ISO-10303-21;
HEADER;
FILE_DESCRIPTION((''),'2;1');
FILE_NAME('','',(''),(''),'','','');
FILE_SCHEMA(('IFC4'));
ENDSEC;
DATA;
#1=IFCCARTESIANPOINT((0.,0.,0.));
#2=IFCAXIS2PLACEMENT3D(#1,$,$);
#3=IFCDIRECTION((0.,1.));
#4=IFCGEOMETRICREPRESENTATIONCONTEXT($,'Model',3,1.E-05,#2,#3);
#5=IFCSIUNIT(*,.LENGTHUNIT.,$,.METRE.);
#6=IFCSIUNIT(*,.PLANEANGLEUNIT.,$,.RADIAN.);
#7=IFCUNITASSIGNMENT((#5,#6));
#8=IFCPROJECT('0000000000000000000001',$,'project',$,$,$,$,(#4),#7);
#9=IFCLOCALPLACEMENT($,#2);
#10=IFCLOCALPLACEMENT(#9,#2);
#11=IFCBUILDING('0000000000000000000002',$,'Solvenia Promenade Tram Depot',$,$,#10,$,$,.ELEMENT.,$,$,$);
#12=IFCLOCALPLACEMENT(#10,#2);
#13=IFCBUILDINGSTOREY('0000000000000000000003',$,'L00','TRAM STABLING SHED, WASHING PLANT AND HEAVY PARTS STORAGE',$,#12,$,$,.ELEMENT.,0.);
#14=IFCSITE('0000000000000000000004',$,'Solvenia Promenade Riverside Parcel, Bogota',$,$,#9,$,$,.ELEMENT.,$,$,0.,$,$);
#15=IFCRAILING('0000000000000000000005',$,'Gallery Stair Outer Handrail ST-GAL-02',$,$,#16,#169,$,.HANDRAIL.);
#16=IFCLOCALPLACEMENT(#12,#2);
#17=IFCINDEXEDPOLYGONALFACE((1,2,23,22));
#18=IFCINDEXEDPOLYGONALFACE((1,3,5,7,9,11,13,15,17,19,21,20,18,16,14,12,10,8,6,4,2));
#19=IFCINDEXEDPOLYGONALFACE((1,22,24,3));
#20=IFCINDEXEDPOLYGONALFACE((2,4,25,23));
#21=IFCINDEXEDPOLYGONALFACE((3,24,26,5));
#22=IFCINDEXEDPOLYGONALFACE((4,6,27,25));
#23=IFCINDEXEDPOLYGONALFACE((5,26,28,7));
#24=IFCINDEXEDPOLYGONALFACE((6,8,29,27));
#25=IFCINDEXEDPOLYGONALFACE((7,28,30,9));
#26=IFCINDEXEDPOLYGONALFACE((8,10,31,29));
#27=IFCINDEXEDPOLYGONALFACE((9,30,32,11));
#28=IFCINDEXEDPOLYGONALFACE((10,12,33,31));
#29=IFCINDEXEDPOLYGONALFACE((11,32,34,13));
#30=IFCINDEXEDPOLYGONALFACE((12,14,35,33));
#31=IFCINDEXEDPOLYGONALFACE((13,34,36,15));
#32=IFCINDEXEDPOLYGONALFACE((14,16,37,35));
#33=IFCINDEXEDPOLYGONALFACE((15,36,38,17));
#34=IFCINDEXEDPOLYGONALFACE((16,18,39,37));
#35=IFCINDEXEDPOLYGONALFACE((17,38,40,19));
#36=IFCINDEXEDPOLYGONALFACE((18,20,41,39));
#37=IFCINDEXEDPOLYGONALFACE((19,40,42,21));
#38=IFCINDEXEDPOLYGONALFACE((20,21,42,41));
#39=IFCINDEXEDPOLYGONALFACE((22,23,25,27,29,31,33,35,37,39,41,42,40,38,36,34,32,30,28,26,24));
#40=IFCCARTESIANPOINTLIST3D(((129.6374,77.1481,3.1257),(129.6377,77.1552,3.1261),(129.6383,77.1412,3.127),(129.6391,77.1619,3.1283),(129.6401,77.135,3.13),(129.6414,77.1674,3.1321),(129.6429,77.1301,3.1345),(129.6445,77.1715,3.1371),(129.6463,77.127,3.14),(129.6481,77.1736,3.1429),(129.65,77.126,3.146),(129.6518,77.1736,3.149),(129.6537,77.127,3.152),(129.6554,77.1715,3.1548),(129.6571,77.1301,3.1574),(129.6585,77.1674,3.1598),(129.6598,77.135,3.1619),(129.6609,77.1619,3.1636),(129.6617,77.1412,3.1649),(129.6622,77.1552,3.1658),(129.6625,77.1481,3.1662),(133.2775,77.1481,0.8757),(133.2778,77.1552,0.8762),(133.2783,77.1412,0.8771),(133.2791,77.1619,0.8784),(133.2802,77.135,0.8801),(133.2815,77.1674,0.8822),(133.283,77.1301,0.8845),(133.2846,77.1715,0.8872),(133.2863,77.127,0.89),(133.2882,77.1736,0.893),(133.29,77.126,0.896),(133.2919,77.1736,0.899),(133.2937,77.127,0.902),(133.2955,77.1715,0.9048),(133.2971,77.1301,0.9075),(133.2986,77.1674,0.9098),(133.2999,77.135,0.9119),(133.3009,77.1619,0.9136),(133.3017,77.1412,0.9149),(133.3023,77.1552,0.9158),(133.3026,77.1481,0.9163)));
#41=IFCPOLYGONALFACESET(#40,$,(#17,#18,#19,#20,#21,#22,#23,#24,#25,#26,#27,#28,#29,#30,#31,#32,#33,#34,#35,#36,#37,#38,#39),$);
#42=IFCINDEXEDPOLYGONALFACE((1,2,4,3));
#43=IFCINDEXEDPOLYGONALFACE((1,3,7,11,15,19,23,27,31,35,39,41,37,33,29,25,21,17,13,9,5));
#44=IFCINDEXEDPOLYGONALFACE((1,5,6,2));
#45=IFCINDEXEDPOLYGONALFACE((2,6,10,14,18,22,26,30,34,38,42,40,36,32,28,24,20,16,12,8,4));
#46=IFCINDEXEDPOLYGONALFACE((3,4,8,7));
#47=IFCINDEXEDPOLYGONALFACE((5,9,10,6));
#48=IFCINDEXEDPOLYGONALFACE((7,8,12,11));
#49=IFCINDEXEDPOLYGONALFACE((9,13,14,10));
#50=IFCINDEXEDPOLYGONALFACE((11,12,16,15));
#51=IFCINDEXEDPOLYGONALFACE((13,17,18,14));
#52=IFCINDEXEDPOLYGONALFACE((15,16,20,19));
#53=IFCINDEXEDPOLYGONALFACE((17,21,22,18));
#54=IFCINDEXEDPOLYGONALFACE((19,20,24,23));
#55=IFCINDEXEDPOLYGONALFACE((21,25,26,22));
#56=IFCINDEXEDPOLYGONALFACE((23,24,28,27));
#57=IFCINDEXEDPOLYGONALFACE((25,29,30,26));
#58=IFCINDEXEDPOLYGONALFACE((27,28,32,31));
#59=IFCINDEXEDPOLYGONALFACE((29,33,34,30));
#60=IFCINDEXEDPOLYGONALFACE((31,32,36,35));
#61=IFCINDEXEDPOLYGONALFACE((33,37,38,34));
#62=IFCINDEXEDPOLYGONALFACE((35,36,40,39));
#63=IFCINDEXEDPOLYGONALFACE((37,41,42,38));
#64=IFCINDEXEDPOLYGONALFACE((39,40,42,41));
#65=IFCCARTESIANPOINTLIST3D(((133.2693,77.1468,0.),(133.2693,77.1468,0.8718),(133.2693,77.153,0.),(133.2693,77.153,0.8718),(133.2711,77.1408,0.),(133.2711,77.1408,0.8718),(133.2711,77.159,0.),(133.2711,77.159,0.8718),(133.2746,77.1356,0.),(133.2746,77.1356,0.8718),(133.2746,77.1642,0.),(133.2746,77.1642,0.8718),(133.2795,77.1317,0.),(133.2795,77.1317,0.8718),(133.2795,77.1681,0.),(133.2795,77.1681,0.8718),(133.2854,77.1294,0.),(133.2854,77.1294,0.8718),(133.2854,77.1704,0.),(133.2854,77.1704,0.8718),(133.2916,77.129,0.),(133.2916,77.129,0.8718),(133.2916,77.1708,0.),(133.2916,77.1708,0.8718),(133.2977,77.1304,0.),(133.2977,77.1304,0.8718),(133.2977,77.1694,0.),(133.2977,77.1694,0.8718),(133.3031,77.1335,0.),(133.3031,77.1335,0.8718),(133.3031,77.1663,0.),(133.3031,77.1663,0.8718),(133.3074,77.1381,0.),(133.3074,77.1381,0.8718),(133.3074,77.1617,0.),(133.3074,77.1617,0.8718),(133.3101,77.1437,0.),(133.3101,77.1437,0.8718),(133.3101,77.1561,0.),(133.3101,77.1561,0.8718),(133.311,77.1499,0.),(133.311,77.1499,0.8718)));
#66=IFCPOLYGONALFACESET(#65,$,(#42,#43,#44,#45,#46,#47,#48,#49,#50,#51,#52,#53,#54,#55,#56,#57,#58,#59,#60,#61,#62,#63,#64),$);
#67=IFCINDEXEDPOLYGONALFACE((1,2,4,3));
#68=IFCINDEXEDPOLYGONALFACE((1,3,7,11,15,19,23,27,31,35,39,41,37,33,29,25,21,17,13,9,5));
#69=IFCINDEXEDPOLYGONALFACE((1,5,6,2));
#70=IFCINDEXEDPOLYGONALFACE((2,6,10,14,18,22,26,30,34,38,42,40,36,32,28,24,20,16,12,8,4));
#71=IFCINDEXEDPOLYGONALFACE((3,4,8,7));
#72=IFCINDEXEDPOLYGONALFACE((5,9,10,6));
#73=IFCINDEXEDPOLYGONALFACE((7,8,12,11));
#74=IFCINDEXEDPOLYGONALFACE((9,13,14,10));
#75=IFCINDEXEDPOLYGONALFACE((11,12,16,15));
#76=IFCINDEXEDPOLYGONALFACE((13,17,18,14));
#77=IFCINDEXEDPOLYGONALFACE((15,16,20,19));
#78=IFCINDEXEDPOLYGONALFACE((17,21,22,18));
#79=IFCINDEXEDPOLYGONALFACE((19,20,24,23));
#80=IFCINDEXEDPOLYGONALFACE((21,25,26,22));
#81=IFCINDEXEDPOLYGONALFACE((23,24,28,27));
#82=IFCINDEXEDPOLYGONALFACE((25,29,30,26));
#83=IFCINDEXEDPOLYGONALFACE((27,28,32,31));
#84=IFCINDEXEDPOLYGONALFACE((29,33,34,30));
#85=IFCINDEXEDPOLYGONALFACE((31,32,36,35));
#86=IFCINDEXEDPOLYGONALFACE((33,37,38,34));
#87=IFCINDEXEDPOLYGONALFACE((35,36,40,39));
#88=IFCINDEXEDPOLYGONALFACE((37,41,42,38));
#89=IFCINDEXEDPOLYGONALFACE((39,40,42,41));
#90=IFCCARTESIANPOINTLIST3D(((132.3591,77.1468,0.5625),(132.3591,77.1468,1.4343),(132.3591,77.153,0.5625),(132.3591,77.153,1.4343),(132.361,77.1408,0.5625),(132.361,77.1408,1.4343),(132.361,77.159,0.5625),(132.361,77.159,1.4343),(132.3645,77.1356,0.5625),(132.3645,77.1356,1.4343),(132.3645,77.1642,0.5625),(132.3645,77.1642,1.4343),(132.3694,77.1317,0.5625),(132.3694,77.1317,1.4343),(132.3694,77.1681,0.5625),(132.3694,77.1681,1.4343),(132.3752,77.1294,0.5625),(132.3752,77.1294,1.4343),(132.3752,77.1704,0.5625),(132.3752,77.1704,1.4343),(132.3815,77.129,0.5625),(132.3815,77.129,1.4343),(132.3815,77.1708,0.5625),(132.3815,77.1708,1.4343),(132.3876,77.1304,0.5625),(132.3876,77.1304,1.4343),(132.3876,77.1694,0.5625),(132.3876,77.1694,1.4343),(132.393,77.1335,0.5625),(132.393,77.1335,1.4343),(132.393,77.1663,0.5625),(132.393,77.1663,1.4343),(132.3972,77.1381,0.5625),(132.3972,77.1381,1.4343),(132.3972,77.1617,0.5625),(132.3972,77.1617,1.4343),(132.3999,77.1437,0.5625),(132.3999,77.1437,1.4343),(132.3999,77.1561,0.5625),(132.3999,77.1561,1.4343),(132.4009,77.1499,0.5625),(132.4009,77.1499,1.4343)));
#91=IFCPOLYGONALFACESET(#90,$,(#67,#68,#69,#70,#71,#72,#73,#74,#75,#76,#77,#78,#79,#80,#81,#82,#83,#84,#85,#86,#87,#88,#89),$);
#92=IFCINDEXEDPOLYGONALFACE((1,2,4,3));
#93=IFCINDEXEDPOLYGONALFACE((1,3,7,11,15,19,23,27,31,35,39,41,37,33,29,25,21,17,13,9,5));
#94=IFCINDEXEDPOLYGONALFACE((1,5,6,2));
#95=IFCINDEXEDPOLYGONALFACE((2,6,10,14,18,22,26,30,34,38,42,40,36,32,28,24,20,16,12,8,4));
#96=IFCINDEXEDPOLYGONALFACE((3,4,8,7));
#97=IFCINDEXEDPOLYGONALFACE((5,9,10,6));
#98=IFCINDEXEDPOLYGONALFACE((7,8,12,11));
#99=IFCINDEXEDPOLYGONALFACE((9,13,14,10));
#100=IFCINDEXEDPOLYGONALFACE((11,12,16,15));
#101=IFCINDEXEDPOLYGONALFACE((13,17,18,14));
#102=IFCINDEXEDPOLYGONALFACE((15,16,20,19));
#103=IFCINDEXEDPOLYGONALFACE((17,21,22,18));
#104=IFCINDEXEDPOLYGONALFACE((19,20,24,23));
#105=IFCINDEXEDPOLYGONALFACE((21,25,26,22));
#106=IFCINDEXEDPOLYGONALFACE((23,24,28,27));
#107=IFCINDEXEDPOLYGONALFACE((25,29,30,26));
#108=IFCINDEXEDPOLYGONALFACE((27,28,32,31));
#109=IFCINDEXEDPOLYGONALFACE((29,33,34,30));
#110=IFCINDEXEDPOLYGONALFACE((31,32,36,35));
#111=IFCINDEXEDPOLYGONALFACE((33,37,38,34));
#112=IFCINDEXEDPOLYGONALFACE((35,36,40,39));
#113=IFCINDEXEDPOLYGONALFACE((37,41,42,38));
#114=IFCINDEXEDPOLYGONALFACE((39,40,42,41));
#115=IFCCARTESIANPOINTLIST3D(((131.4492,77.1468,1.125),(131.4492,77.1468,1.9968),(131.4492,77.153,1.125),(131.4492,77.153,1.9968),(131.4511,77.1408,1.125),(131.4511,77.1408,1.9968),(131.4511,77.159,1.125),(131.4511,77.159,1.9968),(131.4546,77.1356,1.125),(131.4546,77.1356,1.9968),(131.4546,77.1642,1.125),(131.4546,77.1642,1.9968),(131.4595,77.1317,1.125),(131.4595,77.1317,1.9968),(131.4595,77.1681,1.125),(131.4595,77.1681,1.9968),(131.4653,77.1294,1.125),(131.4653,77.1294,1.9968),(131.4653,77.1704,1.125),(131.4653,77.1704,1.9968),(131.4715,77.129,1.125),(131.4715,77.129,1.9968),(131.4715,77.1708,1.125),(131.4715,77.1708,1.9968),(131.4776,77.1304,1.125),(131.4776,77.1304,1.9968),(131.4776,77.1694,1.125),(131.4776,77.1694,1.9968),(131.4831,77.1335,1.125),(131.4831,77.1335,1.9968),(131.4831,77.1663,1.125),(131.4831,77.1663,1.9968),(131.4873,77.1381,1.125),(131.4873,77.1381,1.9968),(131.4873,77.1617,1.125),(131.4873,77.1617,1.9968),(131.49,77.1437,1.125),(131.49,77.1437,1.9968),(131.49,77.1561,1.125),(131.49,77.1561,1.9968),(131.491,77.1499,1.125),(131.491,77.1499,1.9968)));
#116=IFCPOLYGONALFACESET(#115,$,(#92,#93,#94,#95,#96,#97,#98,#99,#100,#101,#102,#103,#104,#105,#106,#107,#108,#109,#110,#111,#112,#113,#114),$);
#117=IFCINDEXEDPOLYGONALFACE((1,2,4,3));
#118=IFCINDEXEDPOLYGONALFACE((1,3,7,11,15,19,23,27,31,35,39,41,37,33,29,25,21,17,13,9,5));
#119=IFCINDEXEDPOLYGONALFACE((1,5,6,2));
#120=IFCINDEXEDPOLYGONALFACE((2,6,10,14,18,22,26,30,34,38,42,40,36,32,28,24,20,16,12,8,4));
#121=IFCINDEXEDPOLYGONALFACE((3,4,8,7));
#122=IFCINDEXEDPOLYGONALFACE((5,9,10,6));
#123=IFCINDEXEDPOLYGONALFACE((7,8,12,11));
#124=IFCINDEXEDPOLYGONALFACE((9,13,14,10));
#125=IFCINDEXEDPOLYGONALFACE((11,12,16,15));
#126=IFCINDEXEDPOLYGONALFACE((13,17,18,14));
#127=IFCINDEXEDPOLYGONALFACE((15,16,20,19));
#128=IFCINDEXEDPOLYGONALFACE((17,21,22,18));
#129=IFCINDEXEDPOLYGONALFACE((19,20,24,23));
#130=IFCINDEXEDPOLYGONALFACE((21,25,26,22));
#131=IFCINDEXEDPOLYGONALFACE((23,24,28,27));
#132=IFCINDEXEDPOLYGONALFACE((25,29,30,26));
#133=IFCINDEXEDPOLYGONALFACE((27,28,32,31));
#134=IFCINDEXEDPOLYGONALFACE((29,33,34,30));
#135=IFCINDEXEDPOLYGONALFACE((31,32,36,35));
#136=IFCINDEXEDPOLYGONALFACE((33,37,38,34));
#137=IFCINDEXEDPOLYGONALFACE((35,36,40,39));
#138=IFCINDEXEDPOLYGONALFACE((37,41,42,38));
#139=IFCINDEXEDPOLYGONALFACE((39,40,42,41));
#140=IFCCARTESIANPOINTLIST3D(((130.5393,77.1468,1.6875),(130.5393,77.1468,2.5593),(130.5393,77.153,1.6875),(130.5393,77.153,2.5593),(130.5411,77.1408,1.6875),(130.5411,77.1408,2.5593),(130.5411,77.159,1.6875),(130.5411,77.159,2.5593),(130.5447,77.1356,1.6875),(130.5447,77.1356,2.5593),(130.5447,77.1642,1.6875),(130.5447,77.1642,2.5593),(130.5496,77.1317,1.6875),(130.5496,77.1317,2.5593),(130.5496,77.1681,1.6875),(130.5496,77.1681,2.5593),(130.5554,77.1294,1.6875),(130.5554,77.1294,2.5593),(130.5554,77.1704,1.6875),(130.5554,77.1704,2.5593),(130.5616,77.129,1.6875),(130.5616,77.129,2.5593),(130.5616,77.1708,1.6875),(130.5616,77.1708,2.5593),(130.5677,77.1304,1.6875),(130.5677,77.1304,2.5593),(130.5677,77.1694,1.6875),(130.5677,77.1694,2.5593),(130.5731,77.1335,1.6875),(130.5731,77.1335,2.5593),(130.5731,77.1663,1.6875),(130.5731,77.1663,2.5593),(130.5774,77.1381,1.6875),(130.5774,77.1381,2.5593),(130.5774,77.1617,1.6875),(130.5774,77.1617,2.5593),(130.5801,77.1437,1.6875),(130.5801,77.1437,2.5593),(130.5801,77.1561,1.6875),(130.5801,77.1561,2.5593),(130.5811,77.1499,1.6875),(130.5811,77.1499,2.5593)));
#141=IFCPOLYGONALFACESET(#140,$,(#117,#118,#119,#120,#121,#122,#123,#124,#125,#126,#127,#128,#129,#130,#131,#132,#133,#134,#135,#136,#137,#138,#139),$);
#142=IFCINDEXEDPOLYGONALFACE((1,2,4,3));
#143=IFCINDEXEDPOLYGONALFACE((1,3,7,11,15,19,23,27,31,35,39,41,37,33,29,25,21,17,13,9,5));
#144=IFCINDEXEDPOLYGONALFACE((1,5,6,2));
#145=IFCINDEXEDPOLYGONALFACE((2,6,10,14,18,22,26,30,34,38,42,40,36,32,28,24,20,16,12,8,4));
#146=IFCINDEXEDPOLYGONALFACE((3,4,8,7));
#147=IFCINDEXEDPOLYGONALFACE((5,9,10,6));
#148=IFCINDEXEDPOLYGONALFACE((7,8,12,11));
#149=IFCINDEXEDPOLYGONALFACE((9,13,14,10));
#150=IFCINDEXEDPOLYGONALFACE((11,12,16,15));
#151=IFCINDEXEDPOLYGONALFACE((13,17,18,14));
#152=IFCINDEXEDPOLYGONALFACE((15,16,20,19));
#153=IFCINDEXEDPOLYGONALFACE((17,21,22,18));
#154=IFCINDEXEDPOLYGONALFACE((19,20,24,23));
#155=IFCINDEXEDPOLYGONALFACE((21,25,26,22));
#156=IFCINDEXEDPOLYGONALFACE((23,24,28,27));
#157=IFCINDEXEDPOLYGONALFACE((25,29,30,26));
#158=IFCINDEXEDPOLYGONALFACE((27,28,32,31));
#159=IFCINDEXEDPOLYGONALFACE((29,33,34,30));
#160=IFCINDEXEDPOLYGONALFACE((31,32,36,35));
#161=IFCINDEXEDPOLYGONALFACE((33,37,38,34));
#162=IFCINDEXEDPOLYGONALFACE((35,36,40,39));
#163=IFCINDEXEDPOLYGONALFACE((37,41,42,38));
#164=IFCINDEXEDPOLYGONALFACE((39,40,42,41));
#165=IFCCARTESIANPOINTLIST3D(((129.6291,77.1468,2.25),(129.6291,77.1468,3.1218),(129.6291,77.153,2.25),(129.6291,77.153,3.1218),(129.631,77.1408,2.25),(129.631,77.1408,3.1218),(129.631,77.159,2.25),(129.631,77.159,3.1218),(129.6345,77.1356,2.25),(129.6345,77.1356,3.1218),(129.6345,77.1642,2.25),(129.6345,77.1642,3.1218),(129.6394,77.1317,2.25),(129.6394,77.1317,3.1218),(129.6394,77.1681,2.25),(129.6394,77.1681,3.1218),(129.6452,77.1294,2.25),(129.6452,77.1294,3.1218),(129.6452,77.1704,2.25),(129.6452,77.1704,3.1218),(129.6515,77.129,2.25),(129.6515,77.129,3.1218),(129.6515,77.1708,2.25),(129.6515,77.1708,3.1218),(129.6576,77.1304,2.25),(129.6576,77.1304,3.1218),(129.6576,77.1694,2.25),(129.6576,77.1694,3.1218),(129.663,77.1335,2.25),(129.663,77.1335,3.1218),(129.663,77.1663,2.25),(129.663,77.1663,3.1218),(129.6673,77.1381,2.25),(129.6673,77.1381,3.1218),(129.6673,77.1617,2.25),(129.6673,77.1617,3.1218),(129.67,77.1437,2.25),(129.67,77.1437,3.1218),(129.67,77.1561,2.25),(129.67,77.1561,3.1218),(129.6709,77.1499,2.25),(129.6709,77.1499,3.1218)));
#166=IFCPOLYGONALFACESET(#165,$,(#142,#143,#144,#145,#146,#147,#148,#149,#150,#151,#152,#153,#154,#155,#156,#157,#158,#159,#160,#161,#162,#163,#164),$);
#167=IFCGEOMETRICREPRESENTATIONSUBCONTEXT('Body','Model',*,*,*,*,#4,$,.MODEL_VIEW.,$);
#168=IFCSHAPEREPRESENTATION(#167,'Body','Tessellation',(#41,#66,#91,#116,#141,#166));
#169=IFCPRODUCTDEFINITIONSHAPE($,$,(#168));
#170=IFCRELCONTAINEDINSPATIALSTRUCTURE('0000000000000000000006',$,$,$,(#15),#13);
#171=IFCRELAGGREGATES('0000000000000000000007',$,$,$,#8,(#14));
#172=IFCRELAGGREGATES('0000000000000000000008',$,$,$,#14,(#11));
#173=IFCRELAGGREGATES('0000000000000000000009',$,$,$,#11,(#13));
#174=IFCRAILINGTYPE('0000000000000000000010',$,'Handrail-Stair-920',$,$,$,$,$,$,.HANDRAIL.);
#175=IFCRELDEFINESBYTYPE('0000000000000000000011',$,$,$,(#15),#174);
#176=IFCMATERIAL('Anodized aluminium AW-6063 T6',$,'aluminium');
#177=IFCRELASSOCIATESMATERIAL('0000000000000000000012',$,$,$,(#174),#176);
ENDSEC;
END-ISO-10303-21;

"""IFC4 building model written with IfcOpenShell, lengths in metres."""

from ifc_helpers import new_model, si_unit, direction, frame, origin, origin_2d, place, context, subcontext, project, spatial, circle, extrude, material, type_object, element, save


model = new_model("IFC4")

# Units and contexts
model_context = context("Model", 3, precision=1e-05, world=origin(), true_north=direction((0.0, 1.0)))
body_context = subcontext(model_context, "Body", "Model", "MODEL_VIEW")
ifc_project = project(units=[si_unit("LENGTHUNIT", "METRE"), si_unit("PLANEANGLEUNIT", "RADIAN")], contexts=[model_context])

# Site, building, storey
site_placement = place(None, origin())
site = spatial("IfcSite", under=ifc_project, at=site_placement, Name="Solvenia Promenade Riverside Parcel, Bogota", CompositionType="ELEMENT", RefElevation=0.0)
building_placement = place(site_placement, origin())
building = spatial("IfcBuilding", under=site, at=building_placement, Name="Solvenia Promenade Tram Depot", CompositionType="ELEMENT")
storey_placement = place(building_placement, origin())
storey = spatial("IfcBuildingStorey", under=building, at=storey_placement, Name="L00", Description="TRAM STABLING SHED, WASHING PLANT AND HEAVY PARTS STORAGE", CompositionType="ELEMENT", Elevation=0.0)

# Railing
ifc_material_1 = material(Name="Anodized aluminium AW-6063 T6", Category="aluminium")
railing_type_1 = type_object("IfcRailingType", Name="Handrail-Stair-920", PredefinedType="HANDRAIL", material=ifc_material_1)
railing_1_placement = place(storey_placement, frame((133.29, 77.1499, 0.0)))
element("IfcRailing", 1, at=railing_1_placement, inside=storey, type_object=railing_type_1, Name="Gallery Stair Outer Handrail ST-GAL-02", PredefinedType="HANDRAIL", context=body_context, shape_type="SweptSolid", body=[
    extrude(circle(Radius=0.0239, at=origin_2d()), frame((0.0, 0.0, 0.896), z_axis=(-0.850622, 0.0, 0.525777), x_axis=(0.0, -1.0, 0.0)), (0.0, 0.0, 1.0), 4.2793),
    extrude(circle(Radius=0.021, at=origin_2d()), origin(), (0.0, 0.0, 1.0), 0.8718),
    extrude(circle(Radius=0.021, at=origin_2d()), frame((-0.9102, 0.0, 0.5625)), (0.0, 0.0, 1.0), 0.8718),
    extrude(circle(Radius=0.021, at=origin_2d()), frame((-1.8201, 0.0, 1.125)), (0.0, 0.0, 1.0), 0.8718),
    extrude(circle(Radius=0.021, at=origin_2d()), frame((-2.73, 0.0, 1.6875)), (0.0, 0.0, 1.0), 0.8718),
    extrude(circle(Radius=0.021, at=origin_2d()), frame((-3.6401, 0.0, 2.25)), (0.0, 0.0, 1.0), 0.8718),
])

save(model, "model.ifc")
